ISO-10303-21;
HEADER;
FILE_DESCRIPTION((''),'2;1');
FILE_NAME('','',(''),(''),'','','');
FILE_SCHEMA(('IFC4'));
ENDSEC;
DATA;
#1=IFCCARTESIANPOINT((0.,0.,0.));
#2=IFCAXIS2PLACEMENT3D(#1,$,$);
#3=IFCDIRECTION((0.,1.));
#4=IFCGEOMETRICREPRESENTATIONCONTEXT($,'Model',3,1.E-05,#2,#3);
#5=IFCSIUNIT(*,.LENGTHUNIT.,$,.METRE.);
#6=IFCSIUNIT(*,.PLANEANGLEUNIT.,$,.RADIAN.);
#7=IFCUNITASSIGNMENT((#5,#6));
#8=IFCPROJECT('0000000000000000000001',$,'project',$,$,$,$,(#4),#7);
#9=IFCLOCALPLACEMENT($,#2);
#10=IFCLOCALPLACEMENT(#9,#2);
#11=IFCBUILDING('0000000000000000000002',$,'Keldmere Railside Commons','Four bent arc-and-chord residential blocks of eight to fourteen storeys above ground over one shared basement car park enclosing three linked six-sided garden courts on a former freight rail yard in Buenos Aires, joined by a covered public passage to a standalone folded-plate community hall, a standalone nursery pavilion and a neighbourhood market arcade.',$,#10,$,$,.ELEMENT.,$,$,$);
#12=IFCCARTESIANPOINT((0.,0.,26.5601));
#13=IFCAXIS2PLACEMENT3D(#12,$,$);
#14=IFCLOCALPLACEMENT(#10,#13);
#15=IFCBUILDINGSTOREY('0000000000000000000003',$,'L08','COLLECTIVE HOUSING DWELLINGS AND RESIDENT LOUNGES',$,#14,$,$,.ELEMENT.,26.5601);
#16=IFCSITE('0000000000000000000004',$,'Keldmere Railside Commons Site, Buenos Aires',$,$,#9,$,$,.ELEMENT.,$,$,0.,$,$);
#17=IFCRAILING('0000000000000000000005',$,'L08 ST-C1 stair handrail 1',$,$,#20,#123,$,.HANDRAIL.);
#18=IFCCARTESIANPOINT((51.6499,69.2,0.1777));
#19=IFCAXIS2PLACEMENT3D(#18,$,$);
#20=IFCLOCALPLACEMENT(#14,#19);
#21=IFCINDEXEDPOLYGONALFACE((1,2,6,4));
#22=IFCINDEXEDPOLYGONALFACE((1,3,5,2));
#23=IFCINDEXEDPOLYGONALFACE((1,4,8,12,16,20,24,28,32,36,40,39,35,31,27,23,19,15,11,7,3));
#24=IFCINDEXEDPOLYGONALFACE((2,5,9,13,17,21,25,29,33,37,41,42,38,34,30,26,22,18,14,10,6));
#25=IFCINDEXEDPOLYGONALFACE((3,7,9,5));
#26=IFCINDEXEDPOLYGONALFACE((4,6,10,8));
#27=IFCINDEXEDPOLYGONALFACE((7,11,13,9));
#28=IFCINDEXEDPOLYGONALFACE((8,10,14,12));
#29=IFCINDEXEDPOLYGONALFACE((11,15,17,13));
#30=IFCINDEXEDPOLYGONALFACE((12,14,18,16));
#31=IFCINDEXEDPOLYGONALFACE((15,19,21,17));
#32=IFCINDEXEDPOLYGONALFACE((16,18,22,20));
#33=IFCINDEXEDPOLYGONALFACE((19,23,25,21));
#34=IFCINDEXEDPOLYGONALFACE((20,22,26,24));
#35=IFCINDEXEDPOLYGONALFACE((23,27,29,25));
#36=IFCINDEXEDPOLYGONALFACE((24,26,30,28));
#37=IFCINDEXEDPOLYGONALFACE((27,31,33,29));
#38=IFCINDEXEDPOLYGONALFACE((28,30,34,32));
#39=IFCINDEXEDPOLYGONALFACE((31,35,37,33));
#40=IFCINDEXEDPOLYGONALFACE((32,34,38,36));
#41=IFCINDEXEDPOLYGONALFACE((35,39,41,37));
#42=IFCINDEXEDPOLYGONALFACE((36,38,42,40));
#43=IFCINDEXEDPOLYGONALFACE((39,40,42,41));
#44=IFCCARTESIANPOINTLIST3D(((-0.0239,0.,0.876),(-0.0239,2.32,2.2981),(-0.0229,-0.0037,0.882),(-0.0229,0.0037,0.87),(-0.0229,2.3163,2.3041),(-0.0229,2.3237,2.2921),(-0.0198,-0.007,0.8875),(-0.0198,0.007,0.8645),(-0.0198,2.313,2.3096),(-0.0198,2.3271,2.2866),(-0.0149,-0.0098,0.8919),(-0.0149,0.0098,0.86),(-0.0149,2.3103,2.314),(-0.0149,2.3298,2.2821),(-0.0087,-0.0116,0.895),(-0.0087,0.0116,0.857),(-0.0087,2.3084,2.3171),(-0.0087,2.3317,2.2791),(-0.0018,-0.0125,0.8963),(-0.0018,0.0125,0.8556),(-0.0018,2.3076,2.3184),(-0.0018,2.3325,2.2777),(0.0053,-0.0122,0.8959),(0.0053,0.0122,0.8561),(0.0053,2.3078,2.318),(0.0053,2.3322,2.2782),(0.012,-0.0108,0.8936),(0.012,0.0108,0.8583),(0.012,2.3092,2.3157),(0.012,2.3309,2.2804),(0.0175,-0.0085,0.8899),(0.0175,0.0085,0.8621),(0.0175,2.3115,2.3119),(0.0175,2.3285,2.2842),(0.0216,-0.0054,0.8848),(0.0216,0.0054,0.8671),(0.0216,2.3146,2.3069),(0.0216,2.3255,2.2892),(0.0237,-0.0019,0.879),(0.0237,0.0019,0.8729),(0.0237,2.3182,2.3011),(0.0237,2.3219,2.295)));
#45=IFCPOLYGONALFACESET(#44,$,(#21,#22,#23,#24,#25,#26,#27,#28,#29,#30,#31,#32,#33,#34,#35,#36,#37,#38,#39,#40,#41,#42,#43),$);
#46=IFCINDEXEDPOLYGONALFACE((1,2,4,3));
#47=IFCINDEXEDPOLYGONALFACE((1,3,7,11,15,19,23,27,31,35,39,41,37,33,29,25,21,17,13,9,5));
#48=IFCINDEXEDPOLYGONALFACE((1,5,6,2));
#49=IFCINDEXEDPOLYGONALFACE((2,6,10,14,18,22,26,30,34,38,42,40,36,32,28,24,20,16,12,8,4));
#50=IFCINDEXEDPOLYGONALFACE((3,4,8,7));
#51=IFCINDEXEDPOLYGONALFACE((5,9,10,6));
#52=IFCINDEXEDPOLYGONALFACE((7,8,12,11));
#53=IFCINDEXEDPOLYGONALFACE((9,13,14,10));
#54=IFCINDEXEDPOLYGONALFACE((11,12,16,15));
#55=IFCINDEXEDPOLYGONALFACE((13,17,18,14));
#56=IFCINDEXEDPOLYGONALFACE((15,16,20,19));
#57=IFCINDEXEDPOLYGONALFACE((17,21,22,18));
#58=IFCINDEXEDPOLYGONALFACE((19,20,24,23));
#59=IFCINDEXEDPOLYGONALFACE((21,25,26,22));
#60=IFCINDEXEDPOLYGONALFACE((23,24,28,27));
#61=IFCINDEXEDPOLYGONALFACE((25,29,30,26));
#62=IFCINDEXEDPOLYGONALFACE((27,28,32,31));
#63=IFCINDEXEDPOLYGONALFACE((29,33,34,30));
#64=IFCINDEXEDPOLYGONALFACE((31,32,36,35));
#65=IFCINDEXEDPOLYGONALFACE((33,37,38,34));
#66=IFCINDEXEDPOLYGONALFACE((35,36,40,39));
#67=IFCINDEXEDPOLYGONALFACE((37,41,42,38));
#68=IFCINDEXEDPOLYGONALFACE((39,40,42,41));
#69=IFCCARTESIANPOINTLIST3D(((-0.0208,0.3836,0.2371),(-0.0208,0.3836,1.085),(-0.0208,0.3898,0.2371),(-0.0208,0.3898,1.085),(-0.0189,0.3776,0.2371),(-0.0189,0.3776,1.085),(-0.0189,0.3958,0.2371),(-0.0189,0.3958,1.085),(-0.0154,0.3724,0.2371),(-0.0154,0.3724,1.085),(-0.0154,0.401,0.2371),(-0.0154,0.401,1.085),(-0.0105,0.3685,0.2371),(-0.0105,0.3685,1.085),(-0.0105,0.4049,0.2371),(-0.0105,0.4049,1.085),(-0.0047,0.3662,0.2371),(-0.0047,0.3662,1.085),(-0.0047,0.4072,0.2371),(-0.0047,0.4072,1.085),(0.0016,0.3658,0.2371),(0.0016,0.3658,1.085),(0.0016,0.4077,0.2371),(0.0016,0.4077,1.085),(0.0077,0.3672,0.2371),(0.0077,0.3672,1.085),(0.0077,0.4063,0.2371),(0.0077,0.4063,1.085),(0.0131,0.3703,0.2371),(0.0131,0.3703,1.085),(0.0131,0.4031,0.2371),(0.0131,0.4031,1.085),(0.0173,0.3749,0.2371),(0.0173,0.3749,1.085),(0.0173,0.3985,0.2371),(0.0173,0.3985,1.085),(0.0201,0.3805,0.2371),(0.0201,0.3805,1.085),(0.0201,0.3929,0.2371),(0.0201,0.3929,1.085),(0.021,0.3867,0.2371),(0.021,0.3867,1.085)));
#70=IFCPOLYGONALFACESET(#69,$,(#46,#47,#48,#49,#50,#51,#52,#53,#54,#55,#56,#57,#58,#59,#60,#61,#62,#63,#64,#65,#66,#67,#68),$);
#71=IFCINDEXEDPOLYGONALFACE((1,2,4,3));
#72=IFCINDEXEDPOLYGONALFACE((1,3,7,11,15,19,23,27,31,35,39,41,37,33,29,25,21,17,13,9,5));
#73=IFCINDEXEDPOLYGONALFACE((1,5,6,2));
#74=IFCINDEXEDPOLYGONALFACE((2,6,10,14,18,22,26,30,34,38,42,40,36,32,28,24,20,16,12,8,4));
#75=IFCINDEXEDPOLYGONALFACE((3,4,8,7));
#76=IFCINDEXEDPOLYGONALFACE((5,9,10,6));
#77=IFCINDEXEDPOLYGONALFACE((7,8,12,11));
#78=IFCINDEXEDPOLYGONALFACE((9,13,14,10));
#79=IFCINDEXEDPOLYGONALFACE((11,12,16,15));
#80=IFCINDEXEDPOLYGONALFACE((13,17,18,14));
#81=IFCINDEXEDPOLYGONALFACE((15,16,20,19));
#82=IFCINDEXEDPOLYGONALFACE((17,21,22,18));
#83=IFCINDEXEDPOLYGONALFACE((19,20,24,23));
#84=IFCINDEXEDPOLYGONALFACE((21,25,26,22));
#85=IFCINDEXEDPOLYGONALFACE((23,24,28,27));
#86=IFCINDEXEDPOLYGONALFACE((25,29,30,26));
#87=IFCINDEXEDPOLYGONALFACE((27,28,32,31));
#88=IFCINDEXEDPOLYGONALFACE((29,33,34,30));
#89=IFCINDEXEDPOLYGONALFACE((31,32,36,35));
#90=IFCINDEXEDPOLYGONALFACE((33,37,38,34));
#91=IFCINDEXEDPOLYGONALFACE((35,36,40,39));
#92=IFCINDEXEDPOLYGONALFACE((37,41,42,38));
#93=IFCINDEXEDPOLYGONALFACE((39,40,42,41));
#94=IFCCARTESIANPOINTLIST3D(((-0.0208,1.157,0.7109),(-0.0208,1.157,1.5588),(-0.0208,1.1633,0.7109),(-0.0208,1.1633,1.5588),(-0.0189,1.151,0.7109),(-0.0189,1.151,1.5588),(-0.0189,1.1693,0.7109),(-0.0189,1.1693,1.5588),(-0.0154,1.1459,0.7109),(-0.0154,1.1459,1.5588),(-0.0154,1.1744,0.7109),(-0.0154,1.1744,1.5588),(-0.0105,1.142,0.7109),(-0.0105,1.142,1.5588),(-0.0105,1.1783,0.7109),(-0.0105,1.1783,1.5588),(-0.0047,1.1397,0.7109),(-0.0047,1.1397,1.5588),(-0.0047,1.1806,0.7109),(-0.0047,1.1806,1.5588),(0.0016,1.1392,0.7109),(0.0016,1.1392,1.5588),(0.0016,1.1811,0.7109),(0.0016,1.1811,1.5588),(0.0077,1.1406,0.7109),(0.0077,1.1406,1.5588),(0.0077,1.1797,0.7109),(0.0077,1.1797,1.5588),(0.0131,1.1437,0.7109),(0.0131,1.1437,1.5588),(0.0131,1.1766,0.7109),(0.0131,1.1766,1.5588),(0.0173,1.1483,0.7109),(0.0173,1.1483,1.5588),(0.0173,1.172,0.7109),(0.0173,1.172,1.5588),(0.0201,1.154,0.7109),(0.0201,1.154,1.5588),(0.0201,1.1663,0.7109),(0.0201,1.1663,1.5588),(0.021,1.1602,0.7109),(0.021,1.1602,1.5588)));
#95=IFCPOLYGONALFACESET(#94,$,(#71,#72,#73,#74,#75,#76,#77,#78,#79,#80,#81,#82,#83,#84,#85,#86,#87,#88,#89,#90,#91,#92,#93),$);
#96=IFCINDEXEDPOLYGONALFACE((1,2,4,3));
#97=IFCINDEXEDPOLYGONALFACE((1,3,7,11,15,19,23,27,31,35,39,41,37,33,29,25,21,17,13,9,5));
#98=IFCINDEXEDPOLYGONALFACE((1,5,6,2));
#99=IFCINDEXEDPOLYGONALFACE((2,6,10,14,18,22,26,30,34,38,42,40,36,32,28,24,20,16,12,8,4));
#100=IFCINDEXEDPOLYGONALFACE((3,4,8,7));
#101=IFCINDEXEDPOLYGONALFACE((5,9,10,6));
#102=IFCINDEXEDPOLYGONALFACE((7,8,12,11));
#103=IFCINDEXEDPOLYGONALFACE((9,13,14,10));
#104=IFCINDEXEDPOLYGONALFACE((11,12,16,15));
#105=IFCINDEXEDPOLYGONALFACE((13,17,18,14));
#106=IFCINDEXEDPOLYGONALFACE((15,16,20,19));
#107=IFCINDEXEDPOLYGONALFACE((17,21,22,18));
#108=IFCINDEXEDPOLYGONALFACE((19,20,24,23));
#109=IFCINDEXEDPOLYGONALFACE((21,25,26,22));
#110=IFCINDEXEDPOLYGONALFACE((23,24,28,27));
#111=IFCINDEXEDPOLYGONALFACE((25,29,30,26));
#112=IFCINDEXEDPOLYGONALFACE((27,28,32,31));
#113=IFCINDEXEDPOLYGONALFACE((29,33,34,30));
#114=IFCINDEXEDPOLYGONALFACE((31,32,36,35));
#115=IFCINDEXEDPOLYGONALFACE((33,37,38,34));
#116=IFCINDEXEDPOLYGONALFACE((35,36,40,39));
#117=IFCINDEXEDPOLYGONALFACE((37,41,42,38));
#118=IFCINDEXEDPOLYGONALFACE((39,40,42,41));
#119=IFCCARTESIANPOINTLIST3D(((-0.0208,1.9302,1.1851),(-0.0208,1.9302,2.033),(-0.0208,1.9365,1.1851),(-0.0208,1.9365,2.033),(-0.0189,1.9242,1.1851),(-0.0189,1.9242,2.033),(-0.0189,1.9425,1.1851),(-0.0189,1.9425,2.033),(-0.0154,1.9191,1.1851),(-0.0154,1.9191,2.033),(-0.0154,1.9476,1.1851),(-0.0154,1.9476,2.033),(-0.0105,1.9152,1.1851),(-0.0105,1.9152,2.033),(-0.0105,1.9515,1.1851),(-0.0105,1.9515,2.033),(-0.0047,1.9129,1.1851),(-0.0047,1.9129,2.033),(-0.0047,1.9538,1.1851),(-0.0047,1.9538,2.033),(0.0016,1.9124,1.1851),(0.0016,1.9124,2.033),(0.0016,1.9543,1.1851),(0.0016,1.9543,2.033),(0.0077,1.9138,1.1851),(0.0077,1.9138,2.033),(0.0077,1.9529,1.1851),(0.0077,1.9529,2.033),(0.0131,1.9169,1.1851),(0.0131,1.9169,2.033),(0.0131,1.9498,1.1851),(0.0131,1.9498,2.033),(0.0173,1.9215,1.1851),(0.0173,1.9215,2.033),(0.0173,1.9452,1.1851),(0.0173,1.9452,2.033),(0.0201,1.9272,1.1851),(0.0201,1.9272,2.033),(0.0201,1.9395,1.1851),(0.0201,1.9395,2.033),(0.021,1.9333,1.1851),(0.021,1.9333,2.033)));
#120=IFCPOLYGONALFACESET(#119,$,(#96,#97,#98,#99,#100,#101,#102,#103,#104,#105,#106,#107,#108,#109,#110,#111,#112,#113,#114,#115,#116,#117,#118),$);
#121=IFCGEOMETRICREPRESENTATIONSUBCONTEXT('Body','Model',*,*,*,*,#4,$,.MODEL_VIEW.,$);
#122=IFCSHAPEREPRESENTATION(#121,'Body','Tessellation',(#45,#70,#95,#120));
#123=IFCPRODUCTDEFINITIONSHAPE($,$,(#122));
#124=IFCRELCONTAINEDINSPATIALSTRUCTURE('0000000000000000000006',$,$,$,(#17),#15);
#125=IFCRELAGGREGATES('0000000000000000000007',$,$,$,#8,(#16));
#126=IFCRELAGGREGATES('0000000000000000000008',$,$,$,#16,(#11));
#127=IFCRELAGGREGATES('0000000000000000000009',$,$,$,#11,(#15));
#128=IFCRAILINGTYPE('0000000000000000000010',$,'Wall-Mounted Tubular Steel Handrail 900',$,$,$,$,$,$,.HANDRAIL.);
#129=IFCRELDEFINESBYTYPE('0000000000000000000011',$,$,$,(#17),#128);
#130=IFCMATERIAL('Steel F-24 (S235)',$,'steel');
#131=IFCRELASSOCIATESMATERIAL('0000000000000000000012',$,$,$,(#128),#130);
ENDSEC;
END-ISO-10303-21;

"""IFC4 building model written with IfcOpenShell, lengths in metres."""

from ifc_helpers import new_model, si_unit, direction, frame, origin, origin_2d, place, context, subcontext, project, spatial, circle, extrude, material, type_object, element, save


model = new_model("IFC4")

# Units and contexts
model_context = context("Model", 3, precision=1e-05, world=origin(), true_north=direction((0.0, 1.0)))
body_context = subcontext(model_context, "Body", "Model", "MODEL_VIEW")
ifc_project = project(units=[si_unit("LENGTHUNIT", "METRE"), si_unit("PLANEANGLEUNIT", "RADIAN")], contexts=[model_context])

# Site, building, storey
site_placement = place(None, origin())
site = spatial("IfcSite", under=ifc_project, at=site_placement, Name="Keldmere Railside Commons Site, Buenos Aires", CompositionType="ELEMENT", RefElevation=0.0)
building_placement = place(site_placement, origin())
building = spatial("IfcBuilding", under=site, at=building_placement, Name="Keldmere Railside Commons", Description="Four bent arc-and-chord residential blocks of eight to fourteen storeys above ground over one shared basement car park enclosing three linked six-sided garden courts on a former freight rail yard in Buenos Aires, joined by a covered public passage to a standalone folded-plate community hall, a standalone nursery pavilion and a neighbourhood market arcade.", CompositionType="ELEMENT")
storey_placement = place(building_placement, frame((0.0, 0.0, 26.5601)))
storey = spatial("IfcBuildingStorey", under=building, at=storey_placement, Name="L08", Description="COLLECTIVE HOUSING DWELLINGS AND RESIDENT LOUNGES", CompositionType="ELEMENT", Elevation=26.5601)

# Shared definitions
ifc_material_1 = material(Name="Steel F-24 (S235)", Category="steel")

# Railing
railing_type_1 = type_object("IfcRailingType", Name="Wall-Mounted Tubular Steel Handrail 900", PredefinedType="HANDRAIL", material=ifc_material_1)
railing_1_placement = place(storey_placement, frame((51.6499, 69.2, 0.1777)))
element("IfcRailing", 1, at=railing_1_placement, inside=storey, type_object=railing_type_1, Name="L08 ST-C1 stair handrail 1", PredefinedType="HANDRAIL", context=body_context, shape_type="SweptSolid", body=[
    extrude(circle(Radius=0.0239, at=origin_2d()), frame((0.0, 0.0, 0.876), z_axis=(0.0, 0.852578, 0.5226), x_axis=(-1.0, 0.0, 0.0)), (0.0, 0.0, 1.0), 2.7212),
    extrude(circle(Radius=0.021, at=origin_2d()), frame((0.0, 0.3867, 0.2371)), (0.0, 0.0, 1.0), 0.8479),
    extrude(circle(Radius=0.021, at=origin_2d()), frame((0.0, 1.1602, 0.7109)), (0.0, 0.0, 1.0), 0.8479),
    extrude(circle(Radius=0.021, at=origin_2d()), frame((0.0, 1.9333, 1.1851)), (0.0, 0.0, 1.0), 0.8479),
])

save(model, "model.ifc")
